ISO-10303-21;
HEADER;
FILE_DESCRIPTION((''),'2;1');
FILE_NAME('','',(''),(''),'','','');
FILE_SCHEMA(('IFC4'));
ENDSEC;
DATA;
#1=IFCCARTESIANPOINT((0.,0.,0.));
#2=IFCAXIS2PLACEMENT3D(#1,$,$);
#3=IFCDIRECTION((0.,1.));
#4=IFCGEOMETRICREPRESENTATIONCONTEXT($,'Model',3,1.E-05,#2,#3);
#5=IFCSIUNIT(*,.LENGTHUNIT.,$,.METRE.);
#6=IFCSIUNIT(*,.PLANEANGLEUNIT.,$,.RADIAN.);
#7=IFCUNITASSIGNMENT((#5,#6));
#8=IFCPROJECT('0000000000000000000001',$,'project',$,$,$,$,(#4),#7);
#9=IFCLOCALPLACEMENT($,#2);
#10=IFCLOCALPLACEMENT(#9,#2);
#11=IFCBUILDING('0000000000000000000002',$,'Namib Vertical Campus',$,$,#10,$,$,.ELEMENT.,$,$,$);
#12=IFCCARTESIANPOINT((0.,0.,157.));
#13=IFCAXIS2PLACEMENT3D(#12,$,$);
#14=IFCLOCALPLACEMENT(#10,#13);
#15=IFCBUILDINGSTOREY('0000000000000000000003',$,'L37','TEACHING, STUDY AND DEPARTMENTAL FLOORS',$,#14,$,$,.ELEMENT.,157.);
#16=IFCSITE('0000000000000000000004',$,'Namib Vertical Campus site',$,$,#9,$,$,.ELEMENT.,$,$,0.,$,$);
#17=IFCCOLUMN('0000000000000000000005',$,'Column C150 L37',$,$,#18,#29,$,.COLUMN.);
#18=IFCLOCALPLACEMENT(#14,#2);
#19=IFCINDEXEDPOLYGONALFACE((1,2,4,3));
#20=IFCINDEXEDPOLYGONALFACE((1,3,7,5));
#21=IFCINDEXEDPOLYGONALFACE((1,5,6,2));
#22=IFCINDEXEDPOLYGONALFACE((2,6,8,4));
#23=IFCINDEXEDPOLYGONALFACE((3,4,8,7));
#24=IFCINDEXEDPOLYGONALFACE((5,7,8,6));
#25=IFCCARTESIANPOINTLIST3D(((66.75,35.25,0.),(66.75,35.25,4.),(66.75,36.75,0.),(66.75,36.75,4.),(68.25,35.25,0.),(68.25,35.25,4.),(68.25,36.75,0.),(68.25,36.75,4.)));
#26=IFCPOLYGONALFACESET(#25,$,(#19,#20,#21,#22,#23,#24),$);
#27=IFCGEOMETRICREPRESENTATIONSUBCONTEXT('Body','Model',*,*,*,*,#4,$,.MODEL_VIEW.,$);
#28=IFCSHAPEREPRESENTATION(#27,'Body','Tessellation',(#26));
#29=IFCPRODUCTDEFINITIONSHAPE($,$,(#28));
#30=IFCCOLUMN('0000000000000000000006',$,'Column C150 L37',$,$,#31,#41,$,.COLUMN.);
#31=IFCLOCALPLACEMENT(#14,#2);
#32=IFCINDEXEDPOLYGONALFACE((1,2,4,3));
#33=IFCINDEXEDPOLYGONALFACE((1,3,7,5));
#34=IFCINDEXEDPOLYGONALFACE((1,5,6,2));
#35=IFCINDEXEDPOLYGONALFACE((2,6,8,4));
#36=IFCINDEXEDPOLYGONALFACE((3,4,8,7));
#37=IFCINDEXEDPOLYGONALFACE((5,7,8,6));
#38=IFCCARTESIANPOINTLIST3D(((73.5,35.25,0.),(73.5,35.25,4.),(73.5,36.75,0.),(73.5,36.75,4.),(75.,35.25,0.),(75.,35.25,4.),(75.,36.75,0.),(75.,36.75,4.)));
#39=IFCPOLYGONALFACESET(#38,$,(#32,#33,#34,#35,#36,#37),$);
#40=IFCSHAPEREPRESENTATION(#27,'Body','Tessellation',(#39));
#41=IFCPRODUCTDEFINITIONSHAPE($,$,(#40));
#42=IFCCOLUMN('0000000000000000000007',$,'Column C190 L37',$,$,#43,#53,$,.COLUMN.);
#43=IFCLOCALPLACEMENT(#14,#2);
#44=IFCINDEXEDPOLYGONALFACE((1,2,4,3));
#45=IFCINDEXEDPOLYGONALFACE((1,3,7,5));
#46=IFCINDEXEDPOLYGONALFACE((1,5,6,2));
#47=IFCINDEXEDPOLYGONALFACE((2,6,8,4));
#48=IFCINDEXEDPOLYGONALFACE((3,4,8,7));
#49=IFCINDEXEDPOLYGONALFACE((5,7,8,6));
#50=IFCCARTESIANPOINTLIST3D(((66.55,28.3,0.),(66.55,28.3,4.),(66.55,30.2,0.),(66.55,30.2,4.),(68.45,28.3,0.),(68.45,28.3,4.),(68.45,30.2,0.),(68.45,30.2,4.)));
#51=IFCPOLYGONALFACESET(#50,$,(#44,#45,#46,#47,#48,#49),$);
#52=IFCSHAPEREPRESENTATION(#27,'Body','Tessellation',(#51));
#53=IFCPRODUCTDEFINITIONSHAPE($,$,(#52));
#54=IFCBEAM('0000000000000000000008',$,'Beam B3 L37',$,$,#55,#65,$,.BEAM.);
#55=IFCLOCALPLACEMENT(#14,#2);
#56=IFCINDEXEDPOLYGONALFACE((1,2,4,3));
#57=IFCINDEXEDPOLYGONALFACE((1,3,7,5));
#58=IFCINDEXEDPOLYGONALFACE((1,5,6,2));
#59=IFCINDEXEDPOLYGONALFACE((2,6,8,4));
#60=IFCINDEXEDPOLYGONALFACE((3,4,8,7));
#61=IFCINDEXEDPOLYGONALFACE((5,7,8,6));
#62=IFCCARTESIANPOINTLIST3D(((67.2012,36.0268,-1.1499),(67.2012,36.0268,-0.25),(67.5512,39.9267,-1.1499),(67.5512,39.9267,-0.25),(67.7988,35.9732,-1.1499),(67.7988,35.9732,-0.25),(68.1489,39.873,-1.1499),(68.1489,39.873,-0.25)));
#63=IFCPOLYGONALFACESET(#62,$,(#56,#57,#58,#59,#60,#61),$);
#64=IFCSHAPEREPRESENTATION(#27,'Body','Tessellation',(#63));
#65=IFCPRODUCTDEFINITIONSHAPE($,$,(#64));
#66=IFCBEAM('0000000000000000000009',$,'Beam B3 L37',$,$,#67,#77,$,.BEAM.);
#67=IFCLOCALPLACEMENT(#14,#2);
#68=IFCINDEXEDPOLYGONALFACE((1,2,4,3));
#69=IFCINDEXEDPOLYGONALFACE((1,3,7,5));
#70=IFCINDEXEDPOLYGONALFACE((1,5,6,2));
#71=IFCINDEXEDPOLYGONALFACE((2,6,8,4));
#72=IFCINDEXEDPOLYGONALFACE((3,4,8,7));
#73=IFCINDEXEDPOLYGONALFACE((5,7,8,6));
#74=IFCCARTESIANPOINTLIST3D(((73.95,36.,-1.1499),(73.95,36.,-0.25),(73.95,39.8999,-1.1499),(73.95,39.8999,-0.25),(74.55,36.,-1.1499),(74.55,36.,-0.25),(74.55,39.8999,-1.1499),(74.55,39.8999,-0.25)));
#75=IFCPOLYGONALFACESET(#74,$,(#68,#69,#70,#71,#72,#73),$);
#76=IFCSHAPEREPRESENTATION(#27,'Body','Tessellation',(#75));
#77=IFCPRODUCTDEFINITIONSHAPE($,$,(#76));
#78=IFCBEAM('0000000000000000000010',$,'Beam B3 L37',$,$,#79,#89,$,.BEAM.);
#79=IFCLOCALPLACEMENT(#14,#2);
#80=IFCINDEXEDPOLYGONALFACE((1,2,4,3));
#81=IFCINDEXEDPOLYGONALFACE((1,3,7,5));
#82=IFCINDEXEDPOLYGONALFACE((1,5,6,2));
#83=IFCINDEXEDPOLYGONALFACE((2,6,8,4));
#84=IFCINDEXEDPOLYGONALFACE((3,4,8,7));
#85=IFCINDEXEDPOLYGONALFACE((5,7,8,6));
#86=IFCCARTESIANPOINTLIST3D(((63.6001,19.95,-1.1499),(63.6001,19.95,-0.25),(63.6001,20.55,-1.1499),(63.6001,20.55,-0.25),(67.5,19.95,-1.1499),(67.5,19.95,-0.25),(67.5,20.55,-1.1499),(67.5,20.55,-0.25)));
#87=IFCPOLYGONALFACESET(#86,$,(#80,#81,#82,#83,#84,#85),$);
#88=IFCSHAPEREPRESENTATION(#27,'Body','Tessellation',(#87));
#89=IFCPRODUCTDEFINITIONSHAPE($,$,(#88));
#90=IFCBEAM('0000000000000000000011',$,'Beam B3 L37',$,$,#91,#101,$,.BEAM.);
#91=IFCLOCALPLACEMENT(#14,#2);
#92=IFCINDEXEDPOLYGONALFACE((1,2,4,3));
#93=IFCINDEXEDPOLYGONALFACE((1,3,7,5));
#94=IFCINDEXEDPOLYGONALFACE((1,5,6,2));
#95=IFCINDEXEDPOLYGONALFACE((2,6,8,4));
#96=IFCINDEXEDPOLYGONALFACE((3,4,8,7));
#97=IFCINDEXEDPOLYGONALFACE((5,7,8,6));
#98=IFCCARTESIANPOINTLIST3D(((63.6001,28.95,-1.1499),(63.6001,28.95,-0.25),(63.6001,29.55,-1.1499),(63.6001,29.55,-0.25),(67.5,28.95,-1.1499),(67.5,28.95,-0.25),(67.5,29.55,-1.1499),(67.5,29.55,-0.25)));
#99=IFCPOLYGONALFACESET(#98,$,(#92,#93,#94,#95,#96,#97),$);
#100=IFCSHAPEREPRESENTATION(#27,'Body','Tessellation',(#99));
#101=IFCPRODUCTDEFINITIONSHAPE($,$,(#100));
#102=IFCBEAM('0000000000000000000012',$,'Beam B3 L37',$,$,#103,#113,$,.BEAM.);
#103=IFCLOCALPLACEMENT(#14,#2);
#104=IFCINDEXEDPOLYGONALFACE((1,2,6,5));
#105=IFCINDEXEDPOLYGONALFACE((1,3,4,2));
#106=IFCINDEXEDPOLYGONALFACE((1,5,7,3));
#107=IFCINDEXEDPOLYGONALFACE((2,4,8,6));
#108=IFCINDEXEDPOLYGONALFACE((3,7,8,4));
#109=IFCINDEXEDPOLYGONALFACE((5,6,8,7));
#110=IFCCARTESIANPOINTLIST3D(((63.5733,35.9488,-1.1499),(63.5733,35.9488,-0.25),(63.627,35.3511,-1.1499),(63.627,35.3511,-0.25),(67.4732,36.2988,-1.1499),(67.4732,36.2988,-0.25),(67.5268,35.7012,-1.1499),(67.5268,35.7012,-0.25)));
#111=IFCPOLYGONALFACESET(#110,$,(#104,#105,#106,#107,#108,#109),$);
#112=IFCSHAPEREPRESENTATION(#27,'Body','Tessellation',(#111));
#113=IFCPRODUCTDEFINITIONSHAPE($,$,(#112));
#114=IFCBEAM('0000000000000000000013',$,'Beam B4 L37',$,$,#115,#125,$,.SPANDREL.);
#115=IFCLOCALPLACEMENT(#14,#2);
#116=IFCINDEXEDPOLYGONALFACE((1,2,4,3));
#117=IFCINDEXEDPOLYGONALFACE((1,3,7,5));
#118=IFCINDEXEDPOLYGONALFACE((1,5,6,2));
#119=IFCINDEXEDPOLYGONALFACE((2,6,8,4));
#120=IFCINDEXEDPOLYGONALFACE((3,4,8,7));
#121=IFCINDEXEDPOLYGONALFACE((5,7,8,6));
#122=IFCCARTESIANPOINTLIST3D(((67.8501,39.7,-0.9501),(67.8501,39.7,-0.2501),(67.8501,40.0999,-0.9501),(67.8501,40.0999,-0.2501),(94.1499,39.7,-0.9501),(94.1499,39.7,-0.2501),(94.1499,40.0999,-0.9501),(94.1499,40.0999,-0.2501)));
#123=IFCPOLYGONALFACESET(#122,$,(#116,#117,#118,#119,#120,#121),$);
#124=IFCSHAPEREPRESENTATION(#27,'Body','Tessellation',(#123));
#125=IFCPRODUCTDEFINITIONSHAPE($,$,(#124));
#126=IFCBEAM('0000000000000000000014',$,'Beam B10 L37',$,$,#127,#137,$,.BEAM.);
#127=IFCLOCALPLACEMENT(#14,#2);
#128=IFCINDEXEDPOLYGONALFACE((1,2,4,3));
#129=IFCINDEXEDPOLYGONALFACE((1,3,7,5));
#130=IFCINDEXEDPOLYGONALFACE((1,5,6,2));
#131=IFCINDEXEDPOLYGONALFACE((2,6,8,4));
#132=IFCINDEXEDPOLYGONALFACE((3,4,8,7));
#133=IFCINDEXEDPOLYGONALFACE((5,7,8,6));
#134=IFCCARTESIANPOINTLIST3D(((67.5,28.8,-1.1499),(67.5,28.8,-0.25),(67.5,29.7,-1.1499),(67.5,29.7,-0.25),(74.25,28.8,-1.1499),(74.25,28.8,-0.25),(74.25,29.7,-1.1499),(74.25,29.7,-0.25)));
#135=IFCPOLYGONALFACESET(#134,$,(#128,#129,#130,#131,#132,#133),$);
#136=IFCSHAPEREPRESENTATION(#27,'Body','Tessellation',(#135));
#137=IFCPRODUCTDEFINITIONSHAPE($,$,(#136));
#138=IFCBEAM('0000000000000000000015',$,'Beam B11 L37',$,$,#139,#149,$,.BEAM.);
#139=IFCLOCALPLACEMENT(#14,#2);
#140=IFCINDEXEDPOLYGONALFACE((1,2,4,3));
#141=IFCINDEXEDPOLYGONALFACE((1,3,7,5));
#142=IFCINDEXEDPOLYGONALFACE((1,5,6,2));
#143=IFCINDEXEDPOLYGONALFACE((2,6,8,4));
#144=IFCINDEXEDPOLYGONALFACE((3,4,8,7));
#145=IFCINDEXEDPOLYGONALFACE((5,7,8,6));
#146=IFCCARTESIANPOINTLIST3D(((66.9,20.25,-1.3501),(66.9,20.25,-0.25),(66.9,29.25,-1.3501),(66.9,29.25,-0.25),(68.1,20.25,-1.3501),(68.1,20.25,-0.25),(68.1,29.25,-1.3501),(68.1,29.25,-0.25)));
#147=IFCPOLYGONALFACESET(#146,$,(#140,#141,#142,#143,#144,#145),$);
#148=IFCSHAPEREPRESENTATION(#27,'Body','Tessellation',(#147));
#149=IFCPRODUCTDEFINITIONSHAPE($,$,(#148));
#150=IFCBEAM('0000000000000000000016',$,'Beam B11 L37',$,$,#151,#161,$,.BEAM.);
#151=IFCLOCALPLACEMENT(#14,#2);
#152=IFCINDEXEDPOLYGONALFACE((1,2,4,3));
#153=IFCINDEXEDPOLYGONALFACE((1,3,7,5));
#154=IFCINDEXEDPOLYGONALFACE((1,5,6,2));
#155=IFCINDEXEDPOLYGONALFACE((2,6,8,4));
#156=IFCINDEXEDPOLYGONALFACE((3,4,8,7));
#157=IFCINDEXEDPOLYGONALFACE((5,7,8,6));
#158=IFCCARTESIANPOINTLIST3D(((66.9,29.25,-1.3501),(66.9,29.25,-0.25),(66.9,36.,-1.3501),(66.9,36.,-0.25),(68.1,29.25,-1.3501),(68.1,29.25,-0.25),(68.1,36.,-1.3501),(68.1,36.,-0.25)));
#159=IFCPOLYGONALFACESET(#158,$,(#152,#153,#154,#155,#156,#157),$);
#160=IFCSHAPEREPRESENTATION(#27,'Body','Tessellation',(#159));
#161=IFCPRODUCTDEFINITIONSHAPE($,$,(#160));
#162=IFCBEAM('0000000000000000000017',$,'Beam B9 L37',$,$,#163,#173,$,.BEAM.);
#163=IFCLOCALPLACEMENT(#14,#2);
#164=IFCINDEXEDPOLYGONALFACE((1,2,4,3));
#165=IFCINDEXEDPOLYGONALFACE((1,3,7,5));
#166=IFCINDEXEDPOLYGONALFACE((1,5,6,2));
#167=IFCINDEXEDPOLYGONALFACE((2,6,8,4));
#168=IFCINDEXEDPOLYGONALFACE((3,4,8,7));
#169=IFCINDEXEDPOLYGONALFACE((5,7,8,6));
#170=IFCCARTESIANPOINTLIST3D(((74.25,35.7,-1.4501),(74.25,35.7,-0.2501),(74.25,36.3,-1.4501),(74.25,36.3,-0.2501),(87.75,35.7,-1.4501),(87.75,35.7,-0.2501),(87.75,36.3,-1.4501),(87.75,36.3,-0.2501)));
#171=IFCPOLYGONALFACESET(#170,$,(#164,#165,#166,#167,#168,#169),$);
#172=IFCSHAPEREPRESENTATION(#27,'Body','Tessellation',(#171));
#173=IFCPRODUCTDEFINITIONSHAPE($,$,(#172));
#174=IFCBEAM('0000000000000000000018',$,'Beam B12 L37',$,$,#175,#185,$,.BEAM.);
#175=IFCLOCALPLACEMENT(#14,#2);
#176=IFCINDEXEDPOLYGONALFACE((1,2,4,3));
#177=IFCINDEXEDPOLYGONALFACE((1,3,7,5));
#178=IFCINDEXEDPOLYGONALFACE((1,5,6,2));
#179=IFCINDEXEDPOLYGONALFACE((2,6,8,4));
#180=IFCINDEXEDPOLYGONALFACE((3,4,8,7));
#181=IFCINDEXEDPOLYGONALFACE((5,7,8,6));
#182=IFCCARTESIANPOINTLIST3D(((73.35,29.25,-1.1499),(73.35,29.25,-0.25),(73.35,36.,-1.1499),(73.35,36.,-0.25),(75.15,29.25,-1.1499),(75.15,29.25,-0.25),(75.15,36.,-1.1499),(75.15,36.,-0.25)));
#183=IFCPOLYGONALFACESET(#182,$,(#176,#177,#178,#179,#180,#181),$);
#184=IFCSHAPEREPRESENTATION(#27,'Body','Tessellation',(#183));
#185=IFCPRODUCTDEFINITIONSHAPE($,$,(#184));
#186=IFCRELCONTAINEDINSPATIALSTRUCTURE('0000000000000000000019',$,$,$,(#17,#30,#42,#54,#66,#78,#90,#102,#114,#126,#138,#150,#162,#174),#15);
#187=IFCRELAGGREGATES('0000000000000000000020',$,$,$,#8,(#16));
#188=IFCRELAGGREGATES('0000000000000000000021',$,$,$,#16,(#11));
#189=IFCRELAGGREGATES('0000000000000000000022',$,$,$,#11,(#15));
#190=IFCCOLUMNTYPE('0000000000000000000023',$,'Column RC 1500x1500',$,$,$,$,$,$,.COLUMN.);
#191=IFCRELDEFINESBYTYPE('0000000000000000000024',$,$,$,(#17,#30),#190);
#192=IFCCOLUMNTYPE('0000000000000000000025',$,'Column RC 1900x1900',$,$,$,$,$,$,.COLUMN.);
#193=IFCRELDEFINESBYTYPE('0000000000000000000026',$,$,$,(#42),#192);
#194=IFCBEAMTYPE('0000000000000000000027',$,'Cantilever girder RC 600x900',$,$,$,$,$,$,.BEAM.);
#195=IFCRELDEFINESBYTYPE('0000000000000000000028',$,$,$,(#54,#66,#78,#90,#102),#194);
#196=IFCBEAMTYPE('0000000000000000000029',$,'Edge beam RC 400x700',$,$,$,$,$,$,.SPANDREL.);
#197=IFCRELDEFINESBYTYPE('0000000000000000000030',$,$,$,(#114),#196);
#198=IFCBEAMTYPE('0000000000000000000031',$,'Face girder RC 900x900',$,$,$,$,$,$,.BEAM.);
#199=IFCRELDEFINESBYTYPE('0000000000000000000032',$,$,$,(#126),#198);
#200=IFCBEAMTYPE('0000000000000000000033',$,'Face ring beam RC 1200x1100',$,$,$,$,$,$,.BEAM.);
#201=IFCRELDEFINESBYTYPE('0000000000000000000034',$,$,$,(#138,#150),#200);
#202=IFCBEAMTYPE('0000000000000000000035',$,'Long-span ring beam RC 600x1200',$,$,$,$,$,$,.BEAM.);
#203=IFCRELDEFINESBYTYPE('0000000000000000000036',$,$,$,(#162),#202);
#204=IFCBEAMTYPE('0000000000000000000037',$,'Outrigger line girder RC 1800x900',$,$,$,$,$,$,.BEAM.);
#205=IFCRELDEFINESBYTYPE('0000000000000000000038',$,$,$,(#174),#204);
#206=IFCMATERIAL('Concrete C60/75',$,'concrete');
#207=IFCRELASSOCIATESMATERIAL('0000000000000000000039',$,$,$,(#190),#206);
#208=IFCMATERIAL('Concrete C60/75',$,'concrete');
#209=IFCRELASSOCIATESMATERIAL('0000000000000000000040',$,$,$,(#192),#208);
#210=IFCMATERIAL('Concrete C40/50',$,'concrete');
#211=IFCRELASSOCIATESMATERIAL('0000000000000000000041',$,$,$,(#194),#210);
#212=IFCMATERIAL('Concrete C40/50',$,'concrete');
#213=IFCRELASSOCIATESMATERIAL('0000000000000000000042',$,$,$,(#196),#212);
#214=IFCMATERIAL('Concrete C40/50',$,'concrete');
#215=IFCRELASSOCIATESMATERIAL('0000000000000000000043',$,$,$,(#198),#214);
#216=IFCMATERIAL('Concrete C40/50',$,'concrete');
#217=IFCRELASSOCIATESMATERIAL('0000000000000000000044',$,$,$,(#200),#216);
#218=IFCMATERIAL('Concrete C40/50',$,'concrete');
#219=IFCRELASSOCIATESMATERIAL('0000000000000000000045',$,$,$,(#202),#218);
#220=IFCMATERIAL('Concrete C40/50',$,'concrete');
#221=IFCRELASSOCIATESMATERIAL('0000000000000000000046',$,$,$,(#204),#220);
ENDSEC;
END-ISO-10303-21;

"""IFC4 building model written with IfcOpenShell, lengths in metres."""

from ifc_helpers import new_model, si_unit, direction, frame, origin, origin_2d, place, context, subcontext, project, spatial, rectangle, extrude, material, material_profile, profile_set, type_object, element, save


model = new_model("IFC4")

# Units and contexts
model_context = context("Model", 3, precision=1e-05, world=origin(), true_north=direction((0.0, 1.0)))
body_context = subcontext(model_context, "Body", "Model", "MODEL_VIEW")
ifc_project = project(units=[si_unit("LENGTHUNIT", "METRE"), si_unit("PLANEANGLEUNIT", "RADIAN")], contexts=[model_context])

# Site, building, storey
site_placement = place(None, origin())
site = spatial("IfcSite", under=ifc_project, at=site_placement, Name="Namib Vertical Campus site", CompositionType="ELEMENT", RefElevation=0.0)
building_placement = place(site_placement, origin())
building = spatial("IfcBuilding", under=site, at=building_placement, Name="Namib Vertical Campus", CompositionType="ELEMENT")
storey_placement = place(building_placement, frame((0.0, 0.0, 157.0)))
storey = spatial("IfcBuildingStorey", under=building, at=storey_placement, Name="L37", Description="TEACHING, STUDY AND DEPARTMENTAL FLOORS", CompositionType="ELEMENT", Elevation=157.0)

# Columns
ifc_material_1 = material(Name="Concrete C60/75", Category="concrete")
ifc_material_profile_1 = material_profile(ifc_material_1, rectangle(XDim=1.5, YDim=1.5, at=origin_2d()))
ifc_profile_set_1 = profile_set([ifc_material_profile_1], Name="Concrete C60/75")
column_type_1 = type_object("IfcColumnType", Name="Column RC 1500x1500", PredefinedType="COLUMN", material=ifc_profile_set_1)
for number, where, z_axis, x_axis, name in (
    (1, (67.5, 36.0, 0.0), (0.0, 0.0, 1.0), (1.0, 0.0, 0.0), "Column C150 L37"),
    (2, (74.25, 36.0, 0.0), (0.0, 0.0, 1.0), (1.0, 0.0, 0.0), "Column C150 L37"),
):
    element("IfcColumn", number, at=place(storey_placement, frame(where, z_axis=z_axis, x_axis=x_axis)), inside=storey, type_object=column_type_1, Name=name, PredefinedType="COLUMN", context=body_context, shape_type="SweptSolid", body=[
        extrude(rectangle(XDim=1.5, YDim=1.5, at=origin_2d()), origin(), (0.0, 0.0, 1.0), 4.0),
    ])
ifc_material_2 = material(Name="Concrete C60/75", Category="concrete")
ifc_material_profile_2 = material_profile(ifc_material_2, rectangle(XDim=1.8999, YDim=1.8999, at=origin_2d()))
ifc_profile_set_2 = profile_set([ifc_material_profile_2], Name="Concrete C60/75")
column_type_2 = type_object("IfcColumnType", Name="Column RC 1900x1900", PredefinedType="COLUMN", material=ifc_profile_set_2)
column_placement = place(storey_placement, frame((67.5, 29.25, 0.0), z_axis=(0.0, 0.0, 1.0), x_axis=(1.0, 0.0, 0.0)))
element("IfcColumn", 3, at=column_placement, inside=storey, type_object=column_type_2, Name="Column C190 L37", PredefinedType="COLUMN", context=body_context, shape_type="SweptSolid", body=[
    extrude(rectangle(XDim=1.8999, YDim=1.8999, at=origin_2d()), origin(), (0.0, 0.0, 1.0), 4.0),
])

# Beams
ifc_material_3 = material(Name="Concrete C40/50", Category="concrete")
ifc_material_profile_3 = material_profile(ifc_material_3, rectangle(XDim=0.6001, YDim=0.8999, at=origin_2d()))
ifc_profile_set_3 = profile_set([ifc_material_profile_3], Name="Concrete C40/50")
beam_type_1 = type_object("IfcBeamType", Name="Cantilever girder RC 600x900", PredefinedType="BEAM", material=ifc_profile_set_3)
beam_1_placement = place(storey_placement, frame((67.5, 36.0, -0.7), z_axis=(0.089411, 0.995995, 0.0), x_axis=(-0.995995, 0.089411, 0.0)))
element("IfcBeam", 4, at=beam_1_placement, inside=storey, type_object=beam_type_1, Name="Beam B3 L37", PredefinedType="BEAM", context=body_context, shape_type="SweptSolid", body=[
    extrude(rectangle(XDim=0.6001, YDim=0.8999, at=origin_2d()), origin(), (0.0, 0.0, 1.0), 3.9155),
])
for number, where, z_axis, x_axis, name in (
    (5, (74.25, 36.0, -0.7), (0.0, 1.0, 0.0), (-1.0, 0.0, 0.0), "Beam B3 L37"),
    (6, (67.5, 20.25, -0.7), (-1.0, 0.0, 0.0), (0.0, -1.0, 0.0), "Beam B3 L37"),
    (7, (67.5, 29.25, -0.7), (-1.0, 0.0, 0.0), (0.0, -1.0, 0.0), "Beam B3 L37"),
):
    element("IfcBeam", number, at=place(storey_placement, frame(where, z_axis=z_axis, x_axis=x_axis)), inside=storey, type_object=beam_type_1, Name=name, PredefinedType="BEAM", context=body_context, shape_type="SweptSolid", body=[
        extrude(rectangle(XDim=0.6001, YDim=0.8999, at=origin_2d()), origin(), (0.0, 0.0, 1.0), 3.8999),
    ])
beam_2_placement = place(storey_placement, frame((67.5, 36.0, -0.7), z_axis=(-0.995995, -0.089411, 0.0), x_axis=(0.089411, -0.995995, 0.0)))
element("IfcBeam", 8, at=beam_2_placement, inside=storey, type_object=beam_type_1, Name="Beam B3 L37", PredefinedType="BEAM", context=body_context, shape_type="SweptSolid", body=[
    extrude(rectangle(XDim=0.6001, YDim=0.8999, at=origin_2d()), origin(), (0.0, 0.0, 1.0), 3.9155),
])
ifc_material_4 = material(Name="Concrete C40/50", Category="concrete")
ifc_material_profile_4 = material_profile(ifc_material_4, rectangle(XDim=0.3999, YDim=0.7, at=origin_2d()))
ifc_profile_set_4 = profile_set([ifc_material_profile_4], Name="Concrete C40/50")
beam_type_2 = type_object("IfcBeamType", Name="Edge beam RC 400x700", PredefinedType="SPANDREL", material=ifc_profile_set_4)
beam_3_placement = place(storey_placement, frame((67.8501, 39.8999, -0.6001), z_axis=(1.0, 0.0, 0.0), x_axis=(0.0, 1.0, 0.0)))
element("IfcBeam", 9, at=beam_3_placement, inside=storey, type_object=beam_type_2, Name="Beam B4 L37", PredefinedType="SPANDREL", context=body_context, shape_type="SweptSolid", body=[
    extrude(rectangle(XDim=0.3999, YDim=0.7, at=origin_2d()), origin(), (0.0, 0.0, 1.0), 26.2998),
])
ifc_material_5 = material(Name="Concrete C40/50", Category="concrete")
ifc_material_profile_5 = material_profile(ifc_material_5, rectangle(XDim=0.8999, YDim=0.8999, at=origin_2d()))
ifc_profile_set_5 = profile_set([ifc_material_profile_5], Name="Concrete C40/50")
beam_type_3 = type_object("IfcBeamType", Name="Face girder RC 900x900", PredefinedType="BEAM", material=ifc_profile_set_5)
beam_4_placement = place(storey_placement, frame((67.5, 29.25, -0.7), z_axis=(1.0, 0.0, 0.0), x_axis=(0.0, 1.0, 0.0)))
element("IfcBeam", 10, at=beam_4_placement, inside=storey, type_object=beam_type_3, Name="Beam B10 L37", PredefinedType="BEAM", context=body_context, shape_type="SweptSolid", body=[
    extrude(rectangle(XDim=0.8999, YDim=0.8999, at=origin_2d()), origin(), (0.0, 0.0, 1.0), 6.75),
])
ifc_material_6 = material(Name="Concrete C40/50", Category="concrete")
ifc_material_profile_6 = material_profile(ifc_material_6, rectangle(XDim=1.2, YDim=1.1001, at=origin_2d()))
ifc_profile_set_6 = profile_set([ifc_material_profile_6], Name="Concrete C40/50")
beam_type_4 = type_object("IfcBeamType", Name="Face ring beam RC 1200x1100", PredefinedType="BEAM", material=ifc_profile_set_6)
beam_5_placement = place(storey_placement, frame((67.5, 20.25, -0.8), z_axis=(0.0, 1.0, 0.0), x_axis=(-1.0, 0.0, 0.0)))
element("IfcBeam", 11, at=beam_5_placement, inside=storey, type_object=beam_type_4, Name="Beam B11 L37", PredefinedType="BEAM", context=body_context, shape_type="SweptSolid", body=[
    extrude(rectangle(XDim=1.2, YDim=1.1001, at=origin_2d()), origin(), (0.0, 0.0, 1.0), 9.0),
])
beam_6_placement = place(storey_placement, frame((67.5, 29.25, -0.8), z_axis=(0.0, 1.0, 0.0), x_axis=(-1.0, 0.0, 0.0)))
element("IfcBeam", 12, at=beam_6_placement, inside=storey, type_object=beam_type_4, Name="Beam B11 L37", PredefinedType="BEAM", context=body_context, shape_type="SweptSolid", body=[
    extrude(rectangle(XDim=1.2, YDim=1.1001, at=origin_2d()), origin(), (0.0, 0.0, 1.0), 6.75),
])
ifc_material_7 = material(Name="Concrete C40/50", Category="concrete")
ifc_material_profile_7 = material_profile(ifc_material_7, rectangle(XDim=0.6001, YDim=1.2, at=origin_2d()))
ifc_profile_set_7 = profile_set([ifc_material_profile_7], Name="Concrete C40/50")
beam_type_5 = type_object("IfcBeamType", Name="Long-span ring beam RC 600x1200", PredefinedType="BEAM", material=ifc_profile_set_7)
beam_7_placement = place(storey_placement, frame((74.25, 36.0, -0.8501), z_axis=(1.0, 0.0, 0.0), x_axis=(0.0, 1.0, 0.0)))
element("IfcBeam", 13, at=beam_7_placement, inside=storey, type_object=beam_type_5, Name="Beam B9 L37", PredefinedType="BEAM", context=body_context, shape_type="SweptSolid", body=[
    extrude(rectangle(XDim=0.6001, YDim=1.2, at=origin_2d()), origin(), (0.0, 0.0, 1.0), 13.5),
])
ifc_material_8 = material(Name="Concrete C40/50", Category="concrete")
ifc_material_profile_8 = material_profile(ifc_material_8, rectangle(XDim=1.8, YDim=0.8999, at=origin_2d()))
ifc_profile_set_8 = profile_set([ifc_material_profile_8], Name="Concrete C40/50")
beam_type_6 = type_object("IfcBeamType", Name="Outrigger line girder RC 1800x900", PredefinedType="BEAM", material=ifc_profile_set_8)
for number, where, z_axis, x_axis, name in (
    (14, (74.25, 36.0, -0.7), (0.0, -1.0, 0.0), (1.0, 0.0, 0.0), "Beam B12 L37"),
):
    element("IfcBeam", number, at=place(storey_placement, frame(where, z_axis=z_axis, x_axis=x_axis)), inside=storey, type_object=beam_type_6, Name=name, PredefinedType="BEAM", context=body_context, shape_type="SweptSolid", body=[
        extrude(rectangle(XDim=1.8, YDim=0.8999, at=origin_2d()), origin(), (0.0, 0.0, 1.0), 6.75),
    ])

save(model, "model.ifc")
